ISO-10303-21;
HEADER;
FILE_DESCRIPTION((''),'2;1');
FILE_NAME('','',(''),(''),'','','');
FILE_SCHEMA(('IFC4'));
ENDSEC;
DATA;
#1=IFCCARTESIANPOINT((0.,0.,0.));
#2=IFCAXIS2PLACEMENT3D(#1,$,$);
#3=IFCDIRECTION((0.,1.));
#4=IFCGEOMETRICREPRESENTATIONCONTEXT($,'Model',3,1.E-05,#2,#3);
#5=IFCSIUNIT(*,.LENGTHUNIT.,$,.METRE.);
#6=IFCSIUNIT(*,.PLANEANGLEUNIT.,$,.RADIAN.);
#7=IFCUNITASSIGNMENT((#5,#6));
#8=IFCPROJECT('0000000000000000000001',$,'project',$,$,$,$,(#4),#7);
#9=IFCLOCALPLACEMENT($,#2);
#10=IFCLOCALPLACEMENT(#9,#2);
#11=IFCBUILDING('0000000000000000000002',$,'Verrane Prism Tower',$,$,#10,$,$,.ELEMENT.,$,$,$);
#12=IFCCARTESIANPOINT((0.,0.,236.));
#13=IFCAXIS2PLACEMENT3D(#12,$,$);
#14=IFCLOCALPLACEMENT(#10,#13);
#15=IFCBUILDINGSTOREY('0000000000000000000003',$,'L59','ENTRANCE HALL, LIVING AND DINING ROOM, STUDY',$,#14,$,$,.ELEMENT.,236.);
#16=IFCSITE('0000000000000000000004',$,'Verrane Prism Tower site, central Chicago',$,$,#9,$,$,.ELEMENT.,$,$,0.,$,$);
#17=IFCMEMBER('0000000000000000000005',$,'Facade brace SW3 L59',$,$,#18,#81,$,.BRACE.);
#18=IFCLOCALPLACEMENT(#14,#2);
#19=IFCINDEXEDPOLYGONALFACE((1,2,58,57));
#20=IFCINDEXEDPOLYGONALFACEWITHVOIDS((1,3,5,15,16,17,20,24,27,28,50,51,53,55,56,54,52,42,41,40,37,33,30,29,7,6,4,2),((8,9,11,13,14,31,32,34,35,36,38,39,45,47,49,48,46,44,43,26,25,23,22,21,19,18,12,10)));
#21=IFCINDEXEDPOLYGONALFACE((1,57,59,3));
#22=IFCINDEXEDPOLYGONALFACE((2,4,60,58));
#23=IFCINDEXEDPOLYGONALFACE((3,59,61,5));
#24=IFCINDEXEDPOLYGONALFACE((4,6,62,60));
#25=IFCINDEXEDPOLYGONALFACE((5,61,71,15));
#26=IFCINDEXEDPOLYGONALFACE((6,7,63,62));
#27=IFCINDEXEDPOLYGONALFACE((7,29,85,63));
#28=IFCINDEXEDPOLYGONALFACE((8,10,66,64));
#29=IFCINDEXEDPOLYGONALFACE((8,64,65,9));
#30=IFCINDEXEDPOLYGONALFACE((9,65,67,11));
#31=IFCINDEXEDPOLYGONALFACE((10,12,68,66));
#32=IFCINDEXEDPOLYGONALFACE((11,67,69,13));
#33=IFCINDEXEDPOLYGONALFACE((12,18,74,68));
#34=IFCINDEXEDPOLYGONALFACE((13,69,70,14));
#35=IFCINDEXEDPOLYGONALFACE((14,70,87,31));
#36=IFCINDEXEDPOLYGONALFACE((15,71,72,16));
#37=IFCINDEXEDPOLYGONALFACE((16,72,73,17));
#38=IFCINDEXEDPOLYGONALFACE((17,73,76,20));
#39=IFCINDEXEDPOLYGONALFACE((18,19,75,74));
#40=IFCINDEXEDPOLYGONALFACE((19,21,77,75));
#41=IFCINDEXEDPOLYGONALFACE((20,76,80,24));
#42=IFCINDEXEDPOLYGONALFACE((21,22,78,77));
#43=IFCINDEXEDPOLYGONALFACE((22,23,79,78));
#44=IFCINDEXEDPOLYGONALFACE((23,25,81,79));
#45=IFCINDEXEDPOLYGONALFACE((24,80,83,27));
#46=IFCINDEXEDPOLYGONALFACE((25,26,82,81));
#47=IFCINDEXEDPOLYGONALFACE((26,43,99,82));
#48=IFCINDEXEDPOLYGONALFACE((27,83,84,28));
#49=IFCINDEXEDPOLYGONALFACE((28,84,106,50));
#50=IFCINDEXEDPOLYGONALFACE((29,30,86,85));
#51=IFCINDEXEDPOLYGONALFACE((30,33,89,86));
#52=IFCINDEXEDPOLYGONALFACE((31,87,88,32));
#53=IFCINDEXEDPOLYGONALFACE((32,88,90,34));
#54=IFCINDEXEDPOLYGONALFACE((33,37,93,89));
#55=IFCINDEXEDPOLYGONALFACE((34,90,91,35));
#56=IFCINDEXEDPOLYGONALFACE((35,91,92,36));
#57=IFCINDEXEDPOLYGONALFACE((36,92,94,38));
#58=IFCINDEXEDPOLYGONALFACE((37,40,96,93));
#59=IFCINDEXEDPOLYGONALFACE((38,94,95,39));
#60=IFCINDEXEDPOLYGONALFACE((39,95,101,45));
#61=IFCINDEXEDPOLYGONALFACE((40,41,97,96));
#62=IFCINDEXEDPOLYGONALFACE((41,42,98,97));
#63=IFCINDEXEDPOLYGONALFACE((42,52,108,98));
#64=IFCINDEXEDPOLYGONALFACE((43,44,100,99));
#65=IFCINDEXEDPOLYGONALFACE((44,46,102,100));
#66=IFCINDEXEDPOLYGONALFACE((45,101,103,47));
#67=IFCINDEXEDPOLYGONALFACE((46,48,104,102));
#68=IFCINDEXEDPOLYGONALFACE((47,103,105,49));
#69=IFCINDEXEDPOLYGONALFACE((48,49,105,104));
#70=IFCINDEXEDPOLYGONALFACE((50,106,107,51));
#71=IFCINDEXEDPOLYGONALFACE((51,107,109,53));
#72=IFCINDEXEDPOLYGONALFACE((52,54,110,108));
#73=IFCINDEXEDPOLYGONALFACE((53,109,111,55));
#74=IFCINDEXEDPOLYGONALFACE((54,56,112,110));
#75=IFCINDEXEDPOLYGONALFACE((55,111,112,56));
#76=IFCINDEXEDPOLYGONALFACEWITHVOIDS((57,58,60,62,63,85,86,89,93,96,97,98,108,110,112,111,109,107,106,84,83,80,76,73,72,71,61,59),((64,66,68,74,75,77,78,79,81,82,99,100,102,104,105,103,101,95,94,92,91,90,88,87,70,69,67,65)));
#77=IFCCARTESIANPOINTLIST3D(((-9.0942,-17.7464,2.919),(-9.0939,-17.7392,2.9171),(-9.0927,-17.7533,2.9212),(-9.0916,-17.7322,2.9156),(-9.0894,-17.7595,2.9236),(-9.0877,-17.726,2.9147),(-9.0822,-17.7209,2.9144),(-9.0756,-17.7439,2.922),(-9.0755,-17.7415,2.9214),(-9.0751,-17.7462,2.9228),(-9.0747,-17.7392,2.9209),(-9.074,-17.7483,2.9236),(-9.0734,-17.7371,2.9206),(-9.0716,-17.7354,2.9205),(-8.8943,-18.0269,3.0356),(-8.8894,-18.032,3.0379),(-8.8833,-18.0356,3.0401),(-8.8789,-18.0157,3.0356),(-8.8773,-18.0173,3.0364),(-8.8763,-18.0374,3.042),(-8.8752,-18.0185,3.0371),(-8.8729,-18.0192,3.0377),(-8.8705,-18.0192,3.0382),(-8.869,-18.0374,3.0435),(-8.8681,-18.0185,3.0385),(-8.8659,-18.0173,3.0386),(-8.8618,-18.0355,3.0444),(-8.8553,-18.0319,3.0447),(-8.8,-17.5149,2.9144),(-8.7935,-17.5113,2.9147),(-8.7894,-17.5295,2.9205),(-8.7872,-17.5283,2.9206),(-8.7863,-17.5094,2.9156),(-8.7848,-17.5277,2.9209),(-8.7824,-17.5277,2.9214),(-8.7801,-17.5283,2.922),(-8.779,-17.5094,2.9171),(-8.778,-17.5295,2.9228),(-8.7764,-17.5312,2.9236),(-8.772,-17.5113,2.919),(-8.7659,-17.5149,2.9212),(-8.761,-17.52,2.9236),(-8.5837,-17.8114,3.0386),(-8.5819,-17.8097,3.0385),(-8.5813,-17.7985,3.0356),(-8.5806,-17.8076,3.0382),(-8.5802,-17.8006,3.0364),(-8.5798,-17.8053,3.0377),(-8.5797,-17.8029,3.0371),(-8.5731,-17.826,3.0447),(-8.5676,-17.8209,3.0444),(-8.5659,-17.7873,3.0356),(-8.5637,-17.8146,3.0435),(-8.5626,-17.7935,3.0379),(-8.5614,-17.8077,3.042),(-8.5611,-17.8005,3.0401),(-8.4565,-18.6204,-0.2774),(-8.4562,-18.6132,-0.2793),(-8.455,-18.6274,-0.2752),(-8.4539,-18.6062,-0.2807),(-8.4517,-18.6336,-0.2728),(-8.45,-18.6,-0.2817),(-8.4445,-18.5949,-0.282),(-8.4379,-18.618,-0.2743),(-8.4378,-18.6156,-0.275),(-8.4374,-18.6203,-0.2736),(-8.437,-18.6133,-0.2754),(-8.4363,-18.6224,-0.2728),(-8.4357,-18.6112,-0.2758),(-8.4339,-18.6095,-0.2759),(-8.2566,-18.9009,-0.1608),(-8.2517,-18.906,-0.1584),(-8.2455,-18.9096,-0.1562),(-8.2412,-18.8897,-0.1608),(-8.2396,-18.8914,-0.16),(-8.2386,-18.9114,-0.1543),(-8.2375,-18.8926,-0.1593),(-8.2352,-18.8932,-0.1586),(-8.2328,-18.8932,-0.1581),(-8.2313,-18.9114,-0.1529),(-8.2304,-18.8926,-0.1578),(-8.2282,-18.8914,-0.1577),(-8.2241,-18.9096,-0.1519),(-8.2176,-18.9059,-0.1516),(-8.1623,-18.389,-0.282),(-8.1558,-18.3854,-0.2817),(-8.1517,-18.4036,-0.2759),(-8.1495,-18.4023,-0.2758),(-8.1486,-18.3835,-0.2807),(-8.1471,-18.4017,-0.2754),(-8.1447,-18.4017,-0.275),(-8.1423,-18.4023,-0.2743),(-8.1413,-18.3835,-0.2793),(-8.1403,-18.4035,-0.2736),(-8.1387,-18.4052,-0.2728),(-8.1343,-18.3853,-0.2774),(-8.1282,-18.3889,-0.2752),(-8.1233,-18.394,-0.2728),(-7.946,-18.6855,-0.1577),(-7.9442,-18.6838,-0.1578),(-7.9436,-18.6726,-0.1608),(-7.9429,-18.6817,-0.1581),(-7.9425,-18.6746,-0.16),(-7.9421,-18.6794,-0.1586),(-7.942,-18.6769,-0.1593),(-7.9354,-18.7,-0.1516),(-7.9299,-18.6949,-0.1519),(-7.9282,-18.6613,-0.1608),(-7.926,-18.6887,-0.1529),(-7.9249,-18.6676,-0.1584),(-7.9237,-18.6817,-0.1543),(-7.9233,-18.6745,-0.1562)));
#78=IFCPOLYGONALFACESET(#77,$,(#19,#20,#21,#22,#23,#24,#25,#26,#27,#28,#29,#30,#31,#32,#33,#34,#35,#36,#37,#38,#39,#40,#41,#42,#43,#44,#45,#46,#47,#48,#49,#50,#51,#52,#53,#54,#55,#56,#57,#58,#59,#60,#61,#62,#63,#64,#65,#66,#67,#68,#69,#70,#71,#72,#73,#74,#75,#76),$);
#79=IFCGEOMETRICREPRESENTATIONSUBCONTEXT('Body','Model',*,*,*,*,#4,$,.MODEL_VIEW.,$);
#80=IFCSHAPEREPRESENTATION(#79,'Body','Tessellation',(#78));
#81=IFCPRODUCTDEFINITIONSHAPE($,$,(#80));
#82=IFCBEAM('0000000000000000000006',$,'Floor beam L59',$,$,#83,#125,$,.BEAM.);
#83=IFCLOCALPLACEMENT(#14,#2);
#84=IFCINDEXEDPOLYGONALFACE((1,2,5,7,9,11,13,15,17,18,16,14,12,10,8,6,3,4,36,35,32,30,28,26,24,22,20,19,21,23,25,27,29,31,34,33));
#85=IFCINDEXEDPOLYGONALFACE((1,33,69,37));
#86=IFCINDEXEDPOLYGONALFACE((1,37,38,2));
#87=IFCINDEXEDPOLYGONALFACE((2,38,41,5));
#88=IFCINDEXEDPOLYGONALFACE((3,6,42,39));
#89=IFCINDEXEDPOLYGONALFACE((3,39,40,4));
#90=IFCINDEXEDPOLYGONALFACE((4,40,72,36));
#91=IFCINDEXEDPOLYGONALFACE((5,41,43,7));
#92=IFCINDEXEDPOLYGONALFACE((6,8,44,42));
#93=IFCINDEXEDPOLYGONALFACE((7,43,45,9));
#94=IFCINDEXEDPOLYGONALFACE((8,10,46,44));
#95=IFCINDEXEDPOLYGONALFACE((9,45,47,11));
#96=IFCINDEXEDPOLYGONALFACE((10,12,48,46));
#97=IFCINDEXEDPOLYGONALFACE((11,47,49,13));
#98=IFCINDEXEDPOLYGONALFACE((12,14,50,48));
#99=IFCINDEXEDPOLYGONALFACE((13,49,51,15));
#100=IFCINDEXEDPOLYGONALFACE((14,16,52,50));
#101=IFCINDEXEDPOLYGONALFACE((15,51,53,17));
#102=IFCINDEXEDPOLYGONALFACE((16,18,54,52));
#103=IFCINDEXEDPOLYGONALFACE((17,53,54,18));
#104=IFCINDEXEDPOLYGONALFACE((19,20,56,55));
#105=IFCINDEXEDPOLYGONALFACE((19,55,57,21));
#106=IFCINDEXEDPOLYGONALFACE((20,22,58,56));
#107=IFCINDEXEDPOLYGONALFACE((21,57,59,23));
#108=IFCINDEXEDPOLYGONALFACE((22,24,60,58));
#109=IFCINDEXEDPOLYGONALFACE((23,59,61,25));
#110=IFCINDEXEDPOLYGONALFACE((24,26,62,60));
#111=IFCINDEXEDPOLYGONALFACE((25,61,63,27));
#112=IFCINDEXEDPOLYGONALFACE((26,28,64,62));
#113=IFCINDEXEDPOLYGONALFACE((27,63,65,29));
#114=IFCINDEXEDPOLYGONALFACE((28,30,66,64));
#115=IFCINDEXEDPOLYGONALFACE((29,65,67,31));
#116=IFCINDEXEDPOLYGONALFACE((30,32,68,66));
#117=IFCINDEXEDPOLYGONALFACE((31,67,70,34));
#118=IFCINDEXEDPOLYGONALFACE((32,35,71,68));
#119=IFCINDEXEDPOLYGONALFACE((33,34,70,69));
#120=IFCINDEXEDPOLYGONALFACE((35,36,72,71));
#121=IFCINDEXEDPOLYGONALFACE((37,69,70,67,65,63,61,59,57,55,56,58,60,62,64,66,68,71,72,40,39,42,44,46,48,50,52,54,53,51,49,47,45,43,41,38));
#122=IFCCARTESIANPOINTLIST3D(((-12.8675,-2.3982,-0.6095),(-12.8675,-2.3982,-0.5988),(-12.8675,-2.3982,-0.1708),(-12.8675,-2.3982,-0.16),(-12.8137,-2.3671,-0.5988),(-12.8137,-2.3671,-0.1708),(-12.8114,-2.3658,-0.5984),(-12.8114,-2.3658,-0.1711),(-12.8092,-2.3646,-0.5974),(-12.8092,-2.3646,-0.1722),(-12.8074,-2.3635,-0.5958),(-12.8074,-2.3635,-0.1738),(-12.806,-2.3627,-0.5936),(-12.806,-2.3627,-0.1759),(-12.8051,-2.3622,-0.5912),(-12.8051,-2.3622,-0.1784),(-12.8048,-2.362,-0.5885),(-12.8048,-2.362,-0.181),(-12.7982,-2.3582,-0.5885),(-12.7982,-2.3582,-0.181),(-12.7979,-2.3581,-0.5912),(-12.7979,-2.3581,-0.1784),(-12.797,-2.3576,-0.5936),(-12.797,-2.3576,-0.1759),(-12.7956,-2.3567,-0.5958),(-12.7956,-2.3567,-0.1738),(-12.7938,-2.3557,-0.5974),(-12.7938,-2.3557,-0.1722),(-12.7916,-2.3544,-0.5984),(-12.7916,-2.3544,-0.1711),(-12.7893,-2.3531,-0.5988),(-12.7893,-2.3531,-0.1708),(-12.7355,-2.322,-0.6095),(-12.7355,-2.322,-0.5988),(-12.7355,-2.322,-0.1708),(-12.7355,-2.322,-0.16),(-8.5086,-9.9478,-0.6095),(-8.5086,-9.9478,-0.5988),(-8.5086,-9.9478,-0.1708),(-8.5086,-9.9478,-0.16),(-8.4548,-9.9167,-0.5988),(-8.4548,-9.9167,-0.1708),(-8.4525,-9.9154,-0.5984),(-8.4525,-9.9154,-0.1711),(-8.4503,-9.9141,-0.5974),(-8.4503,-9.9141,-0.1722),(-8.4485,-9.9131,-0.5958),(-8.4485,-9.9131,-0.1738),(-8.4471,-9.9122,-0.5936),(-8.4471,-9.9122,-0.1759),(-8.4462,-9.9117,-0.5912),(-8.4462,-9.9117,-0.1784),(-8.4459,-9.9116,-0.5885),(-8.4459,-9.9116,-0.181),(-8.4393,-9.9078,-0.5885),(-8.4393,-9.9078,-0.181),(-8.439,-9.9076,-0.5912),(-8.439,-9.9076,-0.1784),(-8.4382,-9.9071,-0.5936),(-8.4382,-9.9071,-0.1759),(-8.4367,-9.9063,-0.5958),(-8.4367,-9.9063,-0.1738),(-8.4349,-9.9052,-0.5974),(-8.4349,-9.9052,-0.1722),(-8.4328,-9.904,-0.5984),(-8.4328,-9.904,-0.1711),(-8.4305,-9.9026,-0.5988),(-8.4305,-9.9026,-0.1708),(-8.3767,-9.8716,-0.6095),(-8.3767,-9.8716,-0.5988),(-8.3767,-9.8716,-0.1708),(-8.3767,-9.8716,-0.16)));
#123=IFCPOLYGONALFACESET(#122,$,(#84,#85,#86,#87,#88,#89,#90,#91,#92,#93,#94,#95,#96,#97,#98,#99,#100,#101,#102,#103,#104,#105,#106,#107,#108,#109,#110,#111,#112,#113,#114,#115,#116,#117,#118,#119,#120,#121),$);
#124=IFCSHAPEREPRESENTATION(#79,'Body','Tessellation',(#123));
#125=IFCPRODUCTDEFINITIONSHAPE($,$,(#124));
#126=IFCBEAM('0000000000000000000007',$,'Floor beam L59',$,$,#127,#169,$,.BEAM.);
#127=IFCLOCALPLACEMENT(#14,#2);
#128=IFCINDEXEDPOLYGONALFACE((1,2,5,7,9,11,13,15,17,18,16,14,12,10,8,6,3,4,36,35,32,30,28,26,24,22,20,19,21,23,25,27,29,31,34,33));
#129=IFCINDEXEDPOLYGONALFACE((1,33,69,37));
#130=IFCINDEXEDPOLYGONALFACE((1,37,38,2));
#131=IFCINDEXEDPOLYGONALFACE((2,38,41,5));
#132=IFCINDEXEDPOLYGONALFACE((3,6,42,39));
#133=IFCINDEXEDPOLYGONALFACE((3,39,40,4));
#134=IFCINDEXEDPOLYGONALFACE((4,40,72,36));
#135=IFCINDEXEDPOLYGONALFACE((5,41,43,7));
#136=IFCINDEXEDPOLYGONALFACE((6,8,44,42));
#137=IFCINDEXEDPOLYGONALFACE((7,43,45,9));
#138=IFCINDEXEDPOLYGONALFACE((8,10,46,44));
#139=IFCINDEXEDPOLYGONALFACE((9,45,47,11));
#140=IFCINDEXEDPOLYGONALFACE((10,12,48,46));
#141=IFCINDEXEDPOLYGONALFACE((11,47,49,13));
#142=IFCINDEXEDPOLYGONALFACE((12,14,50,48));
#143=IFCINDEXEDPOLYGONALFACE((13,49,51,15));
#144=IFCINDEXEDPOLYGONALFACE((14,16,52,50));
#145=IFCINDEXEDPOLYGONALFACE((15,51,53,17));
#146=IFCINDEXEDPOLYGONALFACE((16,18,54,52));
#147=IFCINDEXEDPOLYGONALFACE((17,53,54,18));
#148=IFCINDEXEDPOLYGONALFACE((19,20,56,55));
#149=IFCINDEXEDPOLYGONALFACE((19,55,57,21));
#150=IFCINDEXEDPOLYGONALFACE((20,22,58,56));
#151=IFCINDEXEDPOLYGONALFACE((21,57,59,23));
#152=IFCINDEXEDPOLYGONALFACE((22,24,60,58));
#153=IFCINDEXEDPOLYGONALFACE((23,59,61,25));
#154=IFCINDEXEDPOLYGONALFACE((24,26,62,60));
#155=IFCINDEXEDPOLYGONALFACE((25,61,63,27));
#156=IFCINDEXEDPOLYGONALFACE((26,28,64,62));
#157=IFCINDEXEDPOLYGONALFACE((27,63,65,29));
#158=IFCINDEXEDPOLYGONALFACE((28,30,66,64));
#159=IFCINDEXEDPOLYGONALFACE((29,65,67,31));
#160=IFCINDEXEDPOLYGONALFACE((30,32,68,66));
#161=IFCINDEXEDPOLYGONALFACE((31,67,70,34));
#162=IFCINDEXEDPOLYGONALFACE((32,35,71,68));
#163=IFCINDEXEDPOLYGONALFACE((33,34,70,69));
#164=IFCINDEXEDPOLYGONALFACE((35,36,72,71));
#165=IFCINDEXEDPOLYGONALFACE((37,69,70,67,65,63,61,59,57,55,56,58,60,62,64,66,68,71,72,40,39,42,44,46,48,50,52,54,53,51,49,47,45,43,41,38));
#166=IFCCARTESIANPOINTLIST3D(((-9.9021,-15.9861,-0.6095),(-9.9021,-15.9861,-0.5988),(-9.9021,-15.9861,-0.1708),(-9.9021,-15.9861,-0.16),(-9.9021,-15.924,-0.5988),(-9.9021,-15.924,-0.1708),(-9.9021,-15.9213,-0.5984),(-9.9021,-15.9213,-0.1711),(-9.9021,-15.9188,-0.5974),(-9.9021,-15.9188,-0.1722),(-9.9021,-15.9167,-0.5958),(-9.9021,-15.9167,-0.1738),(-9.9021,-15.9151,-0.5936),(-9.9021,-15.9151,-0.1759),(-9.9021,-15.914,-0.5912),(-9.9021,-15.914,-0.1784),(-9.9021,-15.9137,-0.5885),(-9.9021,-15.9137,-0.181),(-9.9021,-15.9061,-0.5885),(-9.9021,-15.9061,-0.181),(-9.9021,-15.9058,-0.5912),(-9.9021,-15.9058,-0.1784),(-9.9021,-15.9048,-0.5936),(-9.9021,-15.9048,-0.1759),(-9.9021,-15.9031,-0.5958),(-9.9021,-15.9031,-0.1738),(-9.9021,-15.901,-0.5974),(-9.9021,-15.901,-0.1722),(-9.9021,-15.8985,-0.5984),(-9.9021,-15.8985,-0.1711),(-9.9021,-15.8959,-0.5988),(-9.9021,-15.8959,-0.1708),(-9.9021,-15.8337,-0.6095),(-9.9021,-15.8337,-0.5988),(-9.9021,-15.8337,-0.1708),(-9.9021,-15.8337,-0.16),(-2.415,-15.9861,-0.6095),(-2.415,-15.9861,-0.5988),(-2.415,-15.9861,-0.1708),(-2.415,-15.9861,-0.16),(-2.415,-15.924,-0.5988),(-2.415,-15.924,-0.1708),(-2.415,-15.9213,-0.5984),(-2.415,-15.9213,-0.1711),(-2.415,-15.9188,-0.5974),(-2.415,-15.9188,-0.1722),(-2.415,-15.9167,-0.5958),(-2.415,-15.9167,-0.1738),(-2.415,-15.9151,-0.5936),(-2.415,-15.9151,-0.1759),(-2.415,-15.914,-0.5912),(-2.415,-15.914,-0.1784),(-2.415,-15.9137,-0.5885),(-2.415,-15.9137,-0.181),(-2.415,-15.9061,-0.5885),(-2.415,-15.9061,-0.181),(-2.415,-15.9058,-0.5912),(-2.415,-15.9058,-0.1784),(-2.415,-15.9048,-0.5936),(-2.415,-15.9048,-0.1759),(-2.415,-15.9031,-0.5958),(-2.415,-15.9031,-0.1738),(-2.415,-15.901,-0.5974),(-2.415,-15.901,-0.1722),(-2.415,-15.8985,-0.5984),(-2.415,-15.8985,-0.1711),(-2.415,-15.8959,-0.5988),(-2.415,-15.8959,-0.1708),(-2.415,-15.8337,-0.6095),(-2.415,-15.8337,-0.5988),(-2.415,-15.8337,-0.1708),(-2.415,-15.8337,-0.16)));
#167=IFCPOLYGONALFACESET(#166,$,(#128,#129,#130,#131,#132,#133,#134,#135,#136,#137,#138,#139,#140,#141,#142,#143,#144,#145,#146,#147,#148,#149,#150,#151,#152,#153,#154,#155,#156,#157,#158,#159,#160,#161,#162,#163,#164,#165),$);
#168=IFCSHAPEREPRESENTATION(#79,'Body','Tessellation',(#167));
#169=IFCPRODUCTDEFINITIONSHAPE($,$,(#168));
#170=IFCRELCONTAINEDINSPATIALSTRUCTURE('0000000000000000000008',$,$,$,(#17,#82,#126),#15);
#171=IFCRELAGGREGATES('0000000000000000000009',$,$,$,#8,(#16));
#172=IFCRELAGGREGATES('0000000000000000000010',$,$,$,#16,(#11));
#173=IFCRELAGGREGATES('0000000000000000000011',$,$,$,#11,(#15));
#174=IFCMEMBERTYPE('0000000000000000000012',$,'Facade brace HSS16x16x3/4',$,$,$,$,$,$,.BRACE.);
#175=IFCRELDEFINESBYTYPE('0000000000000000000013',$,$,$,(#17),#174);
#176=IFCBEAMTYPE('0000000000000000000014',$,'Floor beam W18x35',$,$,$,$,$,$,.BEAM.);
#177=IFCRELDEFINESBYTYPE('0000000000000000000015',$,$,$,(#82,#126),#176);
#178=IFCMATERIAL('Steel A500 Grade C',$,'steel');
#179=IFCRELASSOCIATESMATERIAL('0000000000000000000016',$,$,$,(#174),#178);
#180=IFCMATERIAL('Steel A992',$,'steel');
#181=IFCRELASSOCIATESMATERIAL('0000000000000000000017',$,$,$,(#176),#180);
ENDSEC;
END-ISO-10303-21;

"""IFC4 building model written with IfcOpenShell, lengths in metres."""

from ifc_helpers import new_model, si_unit, direction, frame, origin, origin_2d, place, context, subcontext, project, spatial, hollow_rectangle, i_section, extrude, material, material_profile, profile_set, type_object, element, save


model = new_model("IFC4")

# Units and contexts
model_context = context("Model", 3, precision=1e-05, world=origin(), true_north=direction((0.0, 1.0)))
body_context = subcontext(model_context, "Body", "Model", "MODEL_VIEW")
ifc_project = project(units=[si_unit("LENGTHUNIT", "METRE"), si_unit("PLANEANGLEUNIT", "RADIAN")], contexts=[model_context])

# Site, building, storey
site_placement = place(None, origin())
site = spatial("IfcSite", under=ifc_project, at=site_placement, Name="Verrane Prism Tower site, central Chicago", CompositionType="ELEMENT", RefElevation=0.0)
building_placement = place(site_placement, origin())
building = spatial("IfcBuilding", under=site, at=building_placement, Name="Verrane Prism Tower", CompositionType="ELEMENT")
storey_placement = place(building_placement, frame((0.0, 0.0, 236.0)))
storey = spatial("IfcBuildingStorey", under=building, at=storey_placement, Name="L59", Description="ENTRANCE HALL, LIVING AND DINING ROOM, STUDY", CompositionType="ELEMENT", Elevation=236.0)

# Member
ifc_material_1 = material(Name="Steel A500 Grade C", Category="steel")
ifc_material_profile_1 = material_profile(ifc_material_1, hollow_rectangle(XDim=0.4065, YDim=0.4065, WallThickness=0.019, InnerFilletRadius=0.0095, OuterFilletRadius=0.0286, at=origin_2d()), Name="HSS16x16x3/4")
ifc_profile_set_1 = profile_set([ifc_material_profile_1], Name="Steel A500 Grade C")
member_type_1 = type_object("IfcMemberType", Name="Facade brace HSS16x16x3/4", PredefinedType="BRACE", material=ifc_profile_set_1)
member_1_placement = place(storey_placement, frame((-8.1899, -18.6475, -0.2168), z_axis=(-0.188978, 0.259013, 0.947206), x_axis=(-0.807837, -0.589405, 0.0)))
element("IfcMember", 1, at=member_1_placement, inside=storey, type_object=member_type_1, Name="Facade brace SW3 L59", PredefinedType="BRACE", context=body_context, shape_type="SweptSolid", body=[
    extrude(hollow_rectangle(XDim=0.4065, YDim=0.4065, WallThickness=0.019, InnerFilletRadius=0.0095, OuterFilletRadius=0.0286, at=origin_2d()), origin(), (0.0, 0.0, 1.0), 3.3745),
])

# Beams
ifc_material_2 = material(Name="Steel A992", Category="steel")
ifc_material_profile_2 = material_profile(ifc_material_2, i_section(OverallWidth=0.1523, OverallDepth=0.4495, WebThickness=0.0076, FlangeThickness=0.0107, FilletRadius=0.0103, at=origin_2d()), Name="W18x35")
ifc_profile_set_2 = profile_set([ifc_material_profile_2], Name="Steel A992")
beam_type_1 = type_object("IfcBeamType", Name="Floor beam W18x35", PredefinedType="BEAM", material=ifc_profile_set_2)
beam_1_placement = place(storey_placement, frame((-8.4426, -9.9097, -0.3848), z_axis=(-0.500013, 0.866018, 0.0), x_axis=(-0.866018, -0.500013, 0.0)))
element("IfcBeam", 2, at=beam_1_placement, inside=storey, type_object=beam_type_1, Name="Floor beam L59", PredefinedType="BEAM", context=body_context, shape_type="SweptSolid", body=[
    extrude(i_section(OverallWidth=0.1523, OverallDepth=0.4495, WebThickness=0.0076, FlangeThickness=0.0107, FilletRadius=0.0103, at=origin_2d()), origin(), (0.0, 0.0, 1.0), 8.7175),
])
beam_2_placement = place(storey_placement, frame((-9.9021, -15.9099, -0.3848), z_axis=(1.0, 0.0, 0.0), x_axis=(0.0, 1.0, 0.0)))
element("IfcBeam", 3, at=beam_2_placement, inside=storey, type_object=beam_type_1, Name="Floor beam L59", PredefinedType="BEAM", context=body_context, shape_type="SweptSolid", body=[
    extrude(i_section(OverallWidth=0.1523, OverallDepth=0.4495, WebThickness=0.0076, FlangeThickness=0.0107, FilletRadius=0.0103, at=origin_2d()), origin(), (0.0, 0.0, 1.0), 7.4871),
])

save(model, "model.ifc")
